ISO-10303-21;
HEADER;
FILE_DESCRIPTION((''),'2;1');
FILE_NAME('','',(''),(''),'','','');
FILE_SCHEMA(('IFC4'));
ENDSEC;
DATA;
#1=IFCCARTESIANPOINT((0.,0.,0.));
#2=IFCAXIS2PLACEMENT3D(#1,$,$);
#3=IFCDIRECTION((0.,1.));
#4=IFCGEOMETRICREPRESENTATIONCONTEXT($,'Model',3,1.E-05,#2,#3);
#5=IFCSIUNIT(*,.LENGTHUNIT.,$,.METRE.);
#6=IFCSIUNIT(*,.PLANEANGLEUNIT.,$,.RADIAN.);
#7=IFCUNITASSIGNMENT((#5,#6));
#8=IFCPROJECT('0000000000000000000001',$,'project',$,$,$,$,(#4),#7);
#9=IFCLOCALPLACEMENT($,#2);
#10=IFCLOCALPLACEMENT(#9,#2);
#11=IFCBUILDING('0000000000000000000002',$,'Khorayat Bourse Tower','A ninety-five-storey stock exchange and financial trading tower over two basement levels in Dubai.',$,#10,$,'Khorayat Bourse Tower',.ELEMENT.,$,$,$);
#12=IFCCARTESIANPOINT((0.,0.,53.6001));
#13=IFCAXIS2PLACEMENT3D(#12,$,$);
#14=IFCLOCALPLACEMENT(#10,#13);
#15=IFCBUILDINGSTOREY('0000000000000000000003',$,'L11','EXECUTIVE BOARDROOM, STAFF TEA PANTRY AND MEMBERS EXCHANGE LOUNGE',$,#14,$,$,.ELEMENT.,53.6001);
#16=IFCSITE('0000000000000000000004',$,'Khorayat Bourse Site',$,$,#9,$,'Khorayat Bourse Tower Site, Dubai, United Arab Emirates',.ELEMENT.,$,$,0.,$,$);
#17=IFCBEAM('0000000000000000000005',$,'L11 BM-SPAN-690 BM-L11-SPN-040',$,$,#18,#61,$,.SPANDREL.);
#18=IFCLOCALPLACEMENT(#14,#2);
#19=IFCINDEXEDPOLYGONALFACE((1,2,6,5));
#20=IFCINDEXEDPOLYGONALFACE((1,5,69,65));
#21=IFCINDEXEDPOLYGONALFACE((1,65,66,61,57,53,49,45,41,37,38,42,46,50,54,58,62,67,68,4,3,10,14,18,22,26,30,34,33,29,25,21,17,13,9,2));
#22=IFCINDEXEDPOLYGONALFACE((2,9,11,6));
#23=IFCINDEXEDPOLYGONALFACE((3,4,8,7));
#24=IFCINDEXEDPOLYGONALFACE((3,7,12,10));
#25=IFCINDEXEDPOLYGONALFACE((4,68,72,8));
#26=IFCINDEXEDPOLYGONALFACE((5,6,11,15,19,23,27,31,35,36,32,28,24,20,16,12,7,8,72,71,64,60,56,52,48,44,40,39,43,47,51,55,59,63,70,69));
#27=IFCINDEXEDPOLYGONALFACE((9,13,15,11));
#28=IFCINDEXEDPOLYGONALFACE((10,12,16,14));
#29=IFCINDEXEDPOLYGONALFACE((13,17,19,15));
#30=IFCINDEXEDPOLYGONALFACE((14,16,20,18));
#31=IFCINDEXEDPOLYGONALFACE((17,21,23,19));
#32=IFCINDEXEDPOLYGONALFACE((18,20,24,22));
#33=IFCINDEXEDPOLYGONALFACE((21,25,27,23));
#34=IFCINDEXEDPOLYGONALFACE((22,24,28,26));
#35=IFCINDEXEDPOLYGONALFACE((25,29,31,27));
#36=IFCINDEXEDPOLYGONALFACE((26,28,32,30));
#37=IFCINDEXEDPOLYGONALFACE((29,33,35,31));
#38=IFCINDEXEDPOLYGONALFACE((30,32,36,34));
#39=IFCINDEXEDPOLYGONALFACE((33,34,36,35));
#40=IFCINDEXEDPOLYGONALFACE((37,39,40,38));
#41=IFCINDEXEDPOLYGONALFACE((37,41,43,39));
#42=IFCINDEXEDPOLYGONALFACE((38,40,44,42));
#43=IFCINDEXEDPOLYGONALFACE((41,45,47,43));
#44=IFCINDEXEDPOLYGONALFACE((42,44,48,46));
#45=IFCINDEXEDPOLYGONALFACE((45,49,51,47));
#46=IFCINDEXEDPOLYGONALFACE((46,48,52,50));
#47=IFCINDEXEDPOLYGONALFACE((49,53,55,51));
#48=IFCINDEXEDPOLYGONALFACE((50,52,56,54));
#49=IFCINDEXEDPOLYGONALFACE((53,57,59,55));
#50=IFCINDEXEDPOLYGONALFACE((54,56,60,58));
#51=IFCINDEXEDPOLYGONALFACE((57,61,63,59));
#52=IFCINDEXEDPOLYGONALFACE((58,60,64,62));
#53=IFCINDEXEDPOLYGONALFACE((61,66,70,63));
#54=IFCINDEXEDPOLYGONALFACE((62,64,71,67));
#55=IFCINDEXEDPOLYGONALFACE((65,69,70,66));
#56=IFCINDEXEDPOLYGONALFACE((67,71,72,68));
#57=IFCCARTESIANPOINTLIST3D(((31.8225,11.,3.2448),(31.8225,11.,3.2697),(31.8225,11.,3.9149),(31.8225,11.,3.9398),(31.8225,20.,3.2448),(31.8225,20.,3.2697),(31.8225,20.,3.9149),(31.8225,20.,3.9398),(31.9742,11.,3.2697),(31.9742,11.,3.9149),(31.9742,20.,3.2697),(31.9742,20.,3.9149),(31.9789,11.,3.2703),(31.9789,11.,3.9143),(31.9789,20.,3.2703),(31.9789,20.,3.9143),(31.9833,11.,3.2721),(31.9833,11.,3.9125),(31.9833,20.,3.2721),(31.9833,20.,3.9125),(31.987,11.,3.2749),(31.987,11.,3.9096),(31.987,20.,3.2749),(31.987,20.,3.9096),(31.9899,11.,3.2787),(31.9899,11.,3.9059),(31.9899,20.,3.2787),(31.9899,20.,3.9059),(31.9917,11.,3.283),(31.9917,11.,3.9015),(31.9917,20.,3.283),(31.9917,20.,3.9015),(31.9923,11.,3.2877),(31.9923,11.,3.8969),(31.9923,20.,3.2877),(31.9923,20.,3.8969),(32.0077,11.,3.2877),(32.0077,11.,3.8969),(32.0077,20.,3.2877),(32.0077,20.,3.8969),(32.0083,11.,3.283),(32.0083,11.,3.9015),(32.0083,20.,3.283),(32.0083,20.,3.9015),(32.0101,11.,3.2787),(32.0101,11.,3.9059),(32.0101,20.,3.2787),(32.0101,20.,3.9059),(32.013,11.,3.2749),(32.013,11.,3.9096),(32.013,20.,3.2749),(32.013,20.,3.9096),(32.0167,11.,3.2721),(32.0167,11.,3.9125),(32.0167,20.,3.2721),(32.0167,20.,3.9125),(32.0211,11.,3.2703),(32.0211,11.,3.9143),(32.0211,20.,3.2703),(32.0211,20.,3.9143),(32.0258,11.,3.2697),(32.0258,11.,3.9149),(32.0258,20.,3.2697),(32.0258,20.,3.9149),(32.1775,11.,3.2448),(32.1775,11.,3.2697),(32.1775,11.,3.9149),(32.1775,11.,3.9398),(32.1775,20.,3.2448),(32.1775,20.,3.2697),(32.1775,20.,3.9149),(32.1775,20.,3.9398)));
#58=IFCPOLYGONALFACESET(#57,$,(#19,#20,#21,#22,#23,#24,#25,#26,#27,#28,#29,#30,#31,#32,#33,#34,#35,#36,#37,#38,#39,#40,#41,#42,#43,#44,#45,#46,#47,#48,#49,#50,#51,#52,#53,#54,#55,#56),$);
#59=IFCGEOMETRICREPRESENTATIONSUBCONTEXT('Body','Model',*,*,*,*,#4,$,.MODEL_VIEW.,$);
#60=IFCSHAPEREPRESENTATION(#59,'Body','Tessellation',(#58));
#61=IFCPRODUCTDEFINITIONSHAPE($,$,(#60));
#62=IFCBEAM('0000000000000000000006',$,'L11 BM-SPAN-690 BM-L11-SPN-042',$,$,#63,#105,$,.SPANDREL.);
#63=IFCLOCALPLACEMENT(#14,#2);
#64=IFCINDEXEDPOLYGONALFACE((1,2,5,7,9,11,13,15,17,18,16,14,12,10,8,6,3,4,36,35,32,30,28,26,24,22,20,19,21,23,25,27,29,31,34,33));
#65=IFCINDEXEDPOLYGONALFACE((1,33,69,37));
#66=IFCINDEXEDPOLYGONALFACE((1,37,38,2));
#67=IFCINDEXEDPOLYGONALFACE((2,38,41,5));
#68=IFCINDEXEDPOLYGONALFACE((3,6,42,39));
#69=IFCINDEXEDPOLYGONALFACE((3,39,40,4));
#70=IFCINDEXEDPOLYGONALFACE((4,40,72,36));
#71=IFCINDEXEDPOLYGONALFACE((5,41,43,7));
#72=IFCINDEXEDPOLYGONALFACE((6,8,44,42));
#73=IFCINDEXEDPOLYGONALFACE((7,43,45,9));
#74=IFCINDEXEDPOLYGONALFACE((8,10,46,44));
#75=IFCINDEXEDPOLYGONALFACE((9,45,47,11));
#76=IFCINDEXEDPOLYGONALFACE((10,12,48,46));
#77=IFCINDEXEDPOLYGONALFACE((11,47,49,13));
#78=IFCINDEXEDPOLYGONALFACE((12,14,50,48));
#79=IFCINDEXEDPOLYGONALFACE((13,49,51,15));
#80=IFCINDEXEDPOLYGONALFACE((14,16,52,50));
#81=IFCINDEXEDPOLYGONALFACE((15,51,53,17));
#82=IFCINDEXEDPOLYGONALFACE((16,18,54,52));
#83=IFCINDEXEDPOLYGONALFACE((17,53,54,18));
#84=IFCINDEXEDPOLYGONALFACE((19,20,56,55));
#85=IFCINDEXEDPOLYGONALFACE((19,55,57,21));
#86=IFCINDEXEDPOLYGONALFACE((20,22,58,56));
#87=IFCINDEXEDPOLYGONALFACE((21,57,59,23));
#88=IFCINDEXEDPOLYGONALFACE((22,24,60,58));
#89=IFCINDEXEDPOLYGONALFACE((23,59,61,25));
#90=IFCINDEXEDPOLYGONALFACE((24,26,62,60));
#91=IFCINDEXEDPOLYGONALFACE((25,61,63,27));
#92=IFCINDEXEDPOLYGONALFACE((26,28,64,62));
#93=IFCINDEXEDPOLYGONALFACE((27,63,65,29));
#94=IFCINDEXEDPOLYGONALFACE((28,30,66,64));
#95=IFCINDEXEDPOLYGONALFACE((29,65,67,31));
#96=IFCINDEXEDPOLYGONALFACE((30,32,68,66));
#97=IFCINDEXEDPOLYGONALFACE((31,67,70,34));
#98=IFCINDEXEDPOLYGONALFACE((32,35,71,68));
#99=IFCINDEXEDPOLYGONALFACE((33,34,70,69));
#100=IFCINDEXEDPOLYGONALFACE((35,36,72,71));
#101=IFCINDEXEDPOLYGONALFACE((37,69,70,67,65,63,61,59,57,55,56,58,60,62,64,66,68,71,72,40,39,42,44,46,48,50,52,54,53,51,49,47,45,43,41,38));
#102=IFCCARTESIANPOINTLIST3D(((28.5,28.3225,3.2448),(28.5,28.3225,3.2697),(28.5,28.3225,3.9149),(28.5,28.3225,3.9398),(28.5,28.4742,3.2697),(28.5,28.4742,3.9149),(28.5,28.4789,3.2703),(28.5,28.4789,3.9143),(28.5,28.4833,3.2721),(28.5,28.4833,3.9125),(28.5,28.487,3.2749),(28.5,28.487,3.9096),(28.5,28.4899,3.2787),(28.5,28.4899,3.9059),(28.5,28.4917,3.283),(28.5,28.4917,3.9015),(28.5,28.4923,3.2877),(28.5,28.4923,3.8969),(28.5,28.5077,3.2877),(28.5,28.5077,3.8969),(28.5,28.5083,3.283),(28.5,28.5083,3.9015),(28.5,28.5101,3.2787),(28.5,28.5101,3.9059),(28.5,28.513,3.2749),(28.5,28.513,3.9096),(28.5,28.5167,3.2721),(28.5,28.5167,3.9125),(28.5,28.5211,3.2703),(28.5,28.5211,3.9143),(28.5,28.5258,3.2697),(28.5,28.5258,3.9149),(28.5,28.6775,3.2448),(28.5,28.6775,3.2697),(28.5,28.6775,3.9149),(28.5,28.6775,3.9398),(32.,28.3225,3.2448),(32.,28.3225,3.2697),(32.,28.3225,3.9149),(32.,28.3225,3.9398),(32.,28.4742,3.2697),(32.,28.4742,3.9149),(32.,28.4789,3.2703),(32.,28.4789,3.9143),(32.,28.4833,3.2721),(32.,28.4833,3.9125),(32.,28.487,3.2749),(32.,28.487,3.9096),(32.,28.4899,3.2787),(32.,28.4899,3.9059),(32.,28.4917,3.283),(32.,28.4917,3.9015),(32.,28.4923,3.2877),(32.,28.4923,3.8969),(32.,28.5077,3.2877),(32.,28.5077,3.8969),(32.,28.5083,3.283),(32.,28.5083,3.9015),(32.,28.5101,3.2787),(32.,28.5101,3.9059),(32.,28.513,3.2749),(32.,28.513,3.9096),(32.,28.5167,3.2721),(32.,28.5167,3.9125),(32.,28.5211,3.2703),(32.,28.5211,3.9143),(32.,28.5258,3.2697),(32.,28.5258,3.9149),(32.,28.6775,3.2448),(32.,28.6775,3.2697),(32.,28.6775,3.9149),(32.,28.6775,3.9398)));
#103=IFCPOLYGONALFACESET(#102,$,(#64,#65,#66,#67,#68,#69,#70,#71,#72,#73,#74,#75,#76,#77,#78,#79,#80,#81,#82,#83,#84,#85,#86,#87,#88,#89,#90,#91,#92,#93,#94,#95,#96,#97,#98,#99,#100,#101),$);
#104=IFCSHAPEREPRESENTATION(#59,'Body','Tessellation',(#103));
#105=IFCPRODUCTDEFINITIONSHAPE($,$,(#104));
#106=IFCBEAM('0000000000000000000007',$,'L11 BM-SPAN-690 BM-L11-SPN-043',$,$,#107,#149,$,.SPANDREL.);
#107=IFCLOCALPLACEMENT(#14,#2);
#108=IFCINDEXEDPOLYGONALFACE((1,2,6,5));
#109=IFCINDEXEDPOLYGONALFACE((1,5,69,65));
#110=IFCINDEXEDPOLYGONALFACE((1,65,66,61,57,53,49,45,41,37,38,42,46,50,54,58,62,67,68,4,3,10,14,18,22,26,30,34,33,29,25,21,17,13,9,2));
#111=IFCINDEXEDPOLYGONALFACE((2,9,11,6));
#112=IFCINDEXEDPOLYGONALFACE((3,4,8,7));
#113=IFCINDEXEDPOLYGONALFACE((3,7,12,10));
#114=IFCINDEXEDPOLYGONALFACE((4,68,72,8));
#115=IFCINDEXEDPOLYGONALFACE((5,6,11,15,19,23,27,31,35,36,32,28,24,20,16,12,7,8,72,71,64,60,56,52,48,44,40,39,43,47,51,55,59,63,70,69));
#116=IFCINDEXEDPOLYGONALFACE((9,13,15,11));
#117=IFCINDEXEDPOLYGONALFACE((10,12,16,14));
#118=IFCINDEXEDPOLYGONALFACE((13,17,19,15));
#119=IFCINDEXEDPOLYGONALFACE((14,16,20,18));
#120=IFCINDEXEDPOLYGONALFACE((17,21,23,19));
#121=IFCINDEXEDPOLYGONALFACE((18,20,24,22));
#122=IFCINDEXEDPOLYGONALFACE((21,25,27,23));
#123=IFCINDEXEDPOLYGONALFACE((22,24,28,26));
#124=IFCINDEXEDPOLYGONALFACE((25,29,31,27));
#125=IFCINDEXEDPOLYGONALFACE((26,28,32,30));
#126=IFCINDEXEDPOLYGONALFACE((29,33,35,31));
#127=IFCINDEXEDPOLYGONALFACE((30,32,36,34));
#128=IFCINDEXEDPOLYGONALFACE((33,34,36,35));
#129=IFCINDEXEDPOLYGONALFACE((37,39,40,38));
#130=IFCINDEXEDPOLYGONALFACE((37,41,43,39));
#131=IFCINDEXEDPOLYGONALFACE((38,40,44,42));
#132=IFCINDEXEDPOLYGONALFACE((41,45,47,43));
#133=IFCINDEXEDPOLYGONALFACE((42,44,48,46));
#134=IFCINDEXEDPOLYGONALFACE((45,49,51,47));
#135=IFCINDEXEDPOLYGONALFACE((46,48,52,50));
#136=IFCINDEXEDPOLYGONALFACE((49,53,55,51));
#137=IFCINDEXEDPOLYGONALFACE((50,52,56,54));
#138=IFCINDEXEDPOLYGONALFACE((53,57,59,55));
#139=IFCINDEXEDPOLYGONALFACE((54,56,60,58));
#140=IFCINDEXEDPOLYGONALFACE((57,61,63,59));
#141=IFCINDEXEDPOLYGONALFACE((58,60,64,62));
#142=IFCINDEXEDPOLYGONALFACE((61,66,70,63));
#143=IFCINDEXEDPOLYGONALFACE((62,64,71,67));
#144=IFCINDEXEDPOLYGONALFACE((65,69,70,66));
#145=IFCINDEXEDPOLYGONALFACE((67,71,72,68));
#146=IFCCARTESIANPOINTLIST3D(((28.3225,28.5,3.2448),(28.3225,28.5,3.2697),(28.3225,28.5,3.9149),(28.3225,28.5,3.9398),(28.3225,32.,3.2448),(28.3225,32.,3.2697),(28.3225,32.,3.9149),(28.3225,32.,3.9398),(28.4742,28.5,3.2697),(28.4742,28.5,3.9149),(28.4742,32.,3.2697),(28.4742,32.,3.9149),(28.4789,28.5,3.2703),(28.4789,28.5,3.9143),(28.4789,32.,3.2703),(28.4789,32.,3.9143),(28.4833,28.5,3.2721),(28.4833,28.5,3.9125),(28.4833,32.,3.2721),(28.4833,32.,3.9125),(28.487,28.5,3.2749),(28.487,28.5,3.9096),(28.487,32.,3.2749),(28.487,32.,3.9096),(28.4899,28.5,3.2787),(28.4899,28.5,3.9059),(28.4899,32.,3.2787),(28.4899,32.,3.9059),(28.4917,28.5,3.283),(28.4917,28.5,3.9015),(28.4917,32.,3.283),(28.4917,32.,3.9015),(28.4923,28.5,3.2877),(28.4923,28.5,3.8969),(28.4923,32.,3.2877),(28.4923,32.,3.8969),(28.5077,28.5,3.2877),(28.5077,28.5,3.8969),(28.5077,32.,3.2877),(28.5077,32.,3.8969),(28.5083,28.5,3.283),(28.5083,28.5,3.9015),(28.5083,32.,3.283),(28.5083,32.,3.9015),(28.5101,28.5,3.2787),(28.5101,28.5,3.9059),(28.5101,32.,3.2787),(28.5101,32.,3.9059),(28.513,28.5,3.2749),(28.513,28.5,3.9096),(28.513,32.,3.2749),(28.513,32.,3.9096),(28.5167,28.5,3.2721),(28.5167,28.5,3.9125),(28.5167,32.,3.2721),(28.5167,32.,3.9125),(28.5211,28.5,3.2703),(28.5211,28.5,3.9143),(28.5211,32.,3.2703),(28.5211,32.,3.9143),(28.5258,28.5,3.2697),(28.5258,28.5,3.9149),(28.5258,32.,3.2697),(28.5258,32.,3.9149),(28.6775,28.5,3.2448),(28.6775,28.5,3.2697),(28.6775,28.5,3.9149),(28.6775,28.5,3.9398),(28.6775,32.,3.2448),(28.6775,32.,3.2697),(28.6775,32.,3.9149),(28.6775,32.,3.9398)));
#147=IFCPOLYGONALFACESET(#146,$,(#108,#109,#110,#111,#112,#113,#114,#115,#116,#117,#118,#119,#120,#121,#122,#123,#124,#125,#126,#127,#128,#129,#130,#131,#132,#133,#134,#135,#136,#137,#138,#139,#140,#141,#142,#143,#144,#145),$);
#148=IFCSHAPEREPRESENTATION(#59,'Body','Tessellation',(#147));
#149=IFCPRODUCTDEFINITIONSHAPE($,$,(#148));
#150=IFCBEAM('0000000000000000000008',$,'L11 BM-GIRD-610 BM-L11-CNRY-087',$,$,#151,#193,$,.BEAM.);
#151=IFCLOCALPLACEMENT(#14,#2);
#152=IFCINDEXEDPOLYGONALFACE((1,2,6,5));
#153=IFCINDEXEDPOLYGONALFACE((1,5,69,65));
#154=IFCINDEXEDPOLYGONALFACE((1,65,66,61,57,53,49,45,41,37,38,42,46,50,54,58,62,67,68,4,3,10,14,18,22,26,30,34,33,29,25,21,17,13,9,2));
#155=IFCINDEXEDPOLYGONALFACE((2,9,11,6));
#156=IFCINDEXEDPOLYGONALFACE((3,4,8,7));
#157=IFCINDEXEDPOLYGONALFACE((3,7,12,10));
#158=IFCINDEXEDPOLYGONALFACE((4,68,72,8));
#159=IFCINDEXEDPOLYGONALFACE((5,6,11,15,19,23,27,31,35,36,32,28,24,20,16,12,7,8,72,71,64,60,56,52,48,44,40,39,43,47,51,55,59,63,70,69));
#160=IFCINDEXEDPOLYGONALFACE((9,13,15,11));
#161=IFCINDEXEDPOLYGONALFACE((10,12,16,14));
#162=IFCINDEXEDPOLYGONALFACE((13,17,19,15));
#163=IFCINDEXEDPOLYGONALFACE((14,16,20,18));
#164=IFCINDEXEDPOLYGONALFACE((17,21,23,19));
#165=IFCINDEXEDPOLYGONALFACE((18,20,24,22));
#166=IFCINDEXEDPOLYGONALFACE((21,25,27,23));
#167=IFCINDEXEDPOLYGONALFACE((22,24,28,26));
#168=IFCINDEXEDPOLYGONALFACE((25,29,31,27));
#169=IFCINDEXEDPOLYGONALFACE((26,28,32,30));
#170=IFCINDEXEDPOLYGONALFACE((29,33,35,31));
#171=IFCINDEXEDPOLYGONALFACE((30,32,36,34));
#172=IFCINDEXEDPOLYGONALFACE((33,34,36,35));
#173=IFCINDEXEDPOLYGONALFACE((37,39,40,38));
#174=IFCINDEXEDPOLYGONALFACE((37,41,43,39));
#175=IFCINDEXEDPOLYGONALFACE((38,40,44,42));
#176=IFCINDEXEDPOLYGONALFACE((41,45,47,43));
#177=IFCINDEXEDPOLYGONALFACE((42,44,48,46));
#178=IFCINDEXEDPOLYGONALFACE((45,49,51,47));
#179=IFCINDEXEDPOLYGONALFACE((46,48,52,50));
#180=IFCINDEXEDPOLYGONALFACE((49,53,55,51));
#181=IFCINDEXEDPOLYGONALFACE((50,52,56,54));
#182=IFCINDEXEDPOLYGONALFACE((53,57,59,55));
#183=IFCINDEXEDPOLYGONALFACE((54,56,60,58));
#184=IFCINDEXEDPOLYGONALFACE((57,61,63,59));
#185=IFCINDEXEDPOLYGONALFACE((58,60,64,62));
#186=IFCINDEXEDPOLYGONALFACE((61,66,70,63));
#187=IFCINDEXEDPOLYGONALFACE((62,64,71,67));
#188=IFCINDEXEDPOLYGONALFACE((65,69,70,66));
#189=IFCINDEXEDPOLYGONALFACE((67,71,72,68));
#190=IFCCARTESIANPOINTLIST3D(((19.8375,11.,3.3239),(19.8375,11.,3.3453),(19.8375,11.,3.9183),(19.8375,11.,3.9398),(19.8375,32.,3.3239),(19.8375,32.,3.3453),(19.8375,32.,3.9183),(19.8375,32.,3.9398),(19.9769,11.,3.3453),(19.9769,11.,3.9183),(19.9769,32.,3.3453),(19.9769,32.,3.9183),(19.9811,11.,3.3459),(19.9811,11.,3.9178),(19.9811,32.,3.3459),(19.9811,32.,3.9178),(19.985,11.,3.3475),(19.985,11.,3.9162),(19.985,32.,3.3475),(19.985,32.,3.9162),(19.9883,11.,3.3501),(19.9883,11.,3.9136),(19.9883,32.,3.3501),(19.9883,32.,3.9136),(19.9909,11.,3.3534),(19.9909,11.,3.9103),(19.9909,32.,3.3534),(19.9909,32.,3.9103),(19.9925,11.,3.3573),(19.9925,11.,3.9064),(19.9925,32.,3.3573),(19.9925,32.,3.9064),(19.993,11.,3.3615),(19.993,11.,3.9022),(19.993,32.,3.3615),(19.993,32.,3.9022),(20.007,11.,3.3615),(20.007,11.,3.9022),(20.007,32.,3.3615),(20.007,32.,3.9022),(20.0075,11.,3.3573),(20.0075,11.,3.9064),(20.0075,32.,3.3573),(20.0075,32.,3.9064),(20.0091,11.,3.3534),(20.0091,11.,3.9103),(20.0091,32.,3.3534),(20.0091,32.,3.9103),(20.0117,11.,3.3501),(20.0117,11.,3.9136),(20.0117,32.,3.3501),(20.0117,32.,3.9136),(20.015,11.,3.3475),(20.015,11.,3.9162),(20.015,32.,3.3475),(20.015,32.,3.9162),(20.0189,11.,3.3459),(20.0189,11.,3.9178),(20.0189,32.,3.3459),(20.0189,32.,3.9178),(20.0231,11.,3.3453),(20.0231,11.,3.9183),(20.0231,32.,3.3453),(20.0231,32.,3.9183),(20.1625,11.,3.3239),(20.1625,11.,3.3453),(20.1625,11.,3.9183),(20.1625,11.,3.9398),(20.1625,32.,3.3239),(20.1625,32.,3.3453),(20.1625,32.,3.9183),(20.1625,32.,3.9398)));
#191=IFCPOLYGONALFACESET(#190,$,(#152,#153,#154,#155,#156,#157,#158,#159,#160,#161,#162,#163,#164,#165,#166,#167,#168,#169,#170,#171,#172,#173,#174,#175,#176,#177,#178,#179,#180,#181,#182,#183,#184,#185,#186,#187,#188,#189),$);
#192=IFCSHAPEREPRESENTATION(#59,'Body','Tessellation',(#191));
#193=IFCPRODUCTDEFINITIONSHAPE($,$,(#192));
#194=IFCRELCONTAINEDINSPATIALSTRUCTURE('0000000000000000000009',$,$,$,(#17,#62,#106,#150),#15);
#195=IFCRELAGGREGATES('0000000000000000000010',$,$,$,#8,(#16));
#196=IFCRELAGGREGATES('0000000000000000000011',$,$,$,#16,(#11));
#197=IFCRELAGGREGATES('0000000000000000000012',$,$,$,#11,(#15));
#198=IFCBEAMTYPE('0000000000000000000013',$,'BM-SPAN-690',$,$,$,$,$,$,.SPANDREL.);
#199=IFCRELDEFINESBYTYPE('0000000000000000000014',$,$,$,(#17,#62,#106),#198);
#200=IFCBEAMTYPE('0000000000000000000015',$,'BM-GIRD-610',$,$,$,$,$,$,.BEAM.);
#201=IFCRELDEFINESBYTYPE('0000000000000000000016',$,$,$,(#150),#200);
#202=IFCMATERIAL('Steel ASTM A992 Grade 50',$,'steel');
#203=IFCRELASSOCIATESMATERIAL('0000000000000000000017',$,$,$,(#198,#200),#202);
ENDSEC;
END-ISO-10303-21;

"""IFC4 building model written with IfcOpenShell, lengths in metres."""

from ifc_helpers import new_model, si_unit, direction, frame, origin, origin_2d, place, context, subcontext, project, spatial, i_section, extrude, source, transform, mapped, material, material_profile, profile_set, type_object, element, save


model = new_model("IFC4")

# Units and contexts
model_context = context("Model", 3, precision=1e-05, world=origin(), true_north=direction((0.0, 1.0)))
body_context = subcontext(model_context, "Body", "Model", "MODEL_VIEW")
ifc_project = project(units=[si_unit("LENGTHUNIT", "METRE"), si_unit("PLANEANGLEUNIT", "RADIAN")], contexts=[model_context])

# Site, building, storey
site_placement = place(None, origin())
site = spatial("IfcSite", under=ifc_project, at=site_placement, Name="Khorayat Bourse Site", LongName="Khorayat Bourse Tower Site, Dubai, United Arab Emirates", CompositionType="ELEMENT", RefElevation=0.0)
building_placement = place(site_placement, origin())
building = spatial("IfcBuilding", under=site, at=building_placement, Name="Khorayat Bourse Tower", Description="A ninety-five-storey stock exchange and financial trading tower over two basement levels in Dubai.", LongName="Khorayat Bourse Tower", CompositionType="ELEMENT")
storey_placement = place(building_placement, frame((0.0, 0.0, 53.6001)))
storey = spatial("IfcBuildingStorey", under=building, at=storey_placement, Name="L11", Description="EXECUTIVE BOARDROOM, STAFF TEA PANTRY AND MEMBERS EXCHANGE LOUNGE", CompositionType="ELEMENT", Elevation=53.6001)

# Beams
ifc_material_1 = material(Name="Steel ASTM A992 Grade 50", Category="steel")
ifc_material_profile_1 = material_profile(ifc_material_1, i_section(OverallWidth=0.355, OverallDepth=0.6951, WebThickness=0.0154, FlangeThickness=0.0249, FilletRadius=0.0181, at=origin_2d()), Name="W690X217")
ifc_profile_set_1 = profile_set([ifc_material_profile_1], Name="Steel ASTM A992 Grade 50")
beam_type_1 = type_object("IfcBeamType", Name="BM-SPAN-690", PredefinedType="SPANDREL", material=ifc_profile_set_1)
shared_shape_1 = source(origin(), body_context, "Body", "SweptSolid", [
    extrude(i_section(OverallWidth=0.355, OverallDepth=0.6951, WebThickness=0.0154, FlangeThickness=0.0249, FilletRadius=0.0181, at=origin_2d()), origin(), (0.0, 0.0, 1.0), 9.0),
])
beam_1_placement = place(storey_placement, frame((32.0, 11.0, 3.5923), z_axis=(0.0, 1.0, 0.0), x_axis=(-1.0, 0.0, 0.0)))
element("IfcBeam", 1, at=beam_1_placement, inside=storey, type_object=beam_type_1, Name="L11 BM-SPAN-690 BM-L11-SPN-040", PredefinedType="SPANDREL", context=body_context, shape_type="MappedRepresentation", body=[
    mapped(shared_shape_1, transform((0.0, 0.0, 0.0), scale=1.0)),
])
shared_shape_2 = source(origin(), body_context, "Body", "SweptSolid", [
    extrude(i_section(OverallWidth=0.355, OverallDepth=0.6951, WebThickness=0.0154, FlangeThickness=0.0249, FilletRadius=0.0181, at=origin_2d()), origin(), (0.0, 0.0, 1.0), 3.5),
])
for number, where, z_axis, x_axis, name in (
    (2, (28.5, 28.5, 3.5923), (1.0, 0.0, 0.0), (0.0, 1.0, 0.0), "L11 BM-SPAN-690 BM-L11-SPN-042"),
    (3, (28.5, 28.5, 3.5923), (0.0, 1.0, 0.0), (-1.0, 0.0, 0.0), "L11 BM-SPAN-690 BM-L11-SPN-043"),
):
    element("IfcBeam", number, at=place(storey_placement, frame(where, z_axis=z_axis, x_axis=x_axis)), inside=storey, type_object=beam_type_1, Name=name, PredefinedType="SPANDREL", context=body_context, shape_type="MappedRepresentation", body=[
        mapped(shared_shape_2, transform((0.0, 0.0, 0.0), scale=1.0)),
    ])
ifc_material_profile_2 = material_profile(ifc_material_1, i_section(OverallWidth=0.325, OverallDepth=0.616, WebThickness=0.0139, FlangeThickness=0.0215, FilletRadius=0.0161, at=origin_2d()), Name="W610X174")
ifc_profile_set_2 = profile_set([ifc_material_profile_2], Name="Steel ASTM A992 Grade 50")
beam_type_2 = type_object("IfcBeamType", Name="BM-GIRD-610", PredefinedType="BEAM", material=ifc_profile_set_2)
shared_shape_3 = source(origin(), body_context, "Body", "SweptSolid", [
    extrude(i_section(OverallWidth=0.325, OverallDepth=0.616, WebThickness=0.0139, FlangeThickness=0.0215, FilletRadius=0.0161, at=origin_2d()), origin(), (0.0, 0.0, 1.0), 21.0),
])
beam_2_placement = place(storey_placement, frame((20.0, 11.0, 3.6318), z_axis=(0.0, 1.0, 0.0), x_axis=(-1.0, 0.0, 0.0)))
element("IfcBeam", 4, at=beam_2_placement, inside=storey, type_object=beam_type_2, Name="L11 BM-GIRD-610 BM-L11-CNRY-087", PredefinedType="BEAM", context=body_context, shape_type="MappedRepresentation", body=[
    mapped(shared_shape_3, transform((0.0, 0.0, 0.0), scale=1.0)),
])

save(model, "model.ifc")
